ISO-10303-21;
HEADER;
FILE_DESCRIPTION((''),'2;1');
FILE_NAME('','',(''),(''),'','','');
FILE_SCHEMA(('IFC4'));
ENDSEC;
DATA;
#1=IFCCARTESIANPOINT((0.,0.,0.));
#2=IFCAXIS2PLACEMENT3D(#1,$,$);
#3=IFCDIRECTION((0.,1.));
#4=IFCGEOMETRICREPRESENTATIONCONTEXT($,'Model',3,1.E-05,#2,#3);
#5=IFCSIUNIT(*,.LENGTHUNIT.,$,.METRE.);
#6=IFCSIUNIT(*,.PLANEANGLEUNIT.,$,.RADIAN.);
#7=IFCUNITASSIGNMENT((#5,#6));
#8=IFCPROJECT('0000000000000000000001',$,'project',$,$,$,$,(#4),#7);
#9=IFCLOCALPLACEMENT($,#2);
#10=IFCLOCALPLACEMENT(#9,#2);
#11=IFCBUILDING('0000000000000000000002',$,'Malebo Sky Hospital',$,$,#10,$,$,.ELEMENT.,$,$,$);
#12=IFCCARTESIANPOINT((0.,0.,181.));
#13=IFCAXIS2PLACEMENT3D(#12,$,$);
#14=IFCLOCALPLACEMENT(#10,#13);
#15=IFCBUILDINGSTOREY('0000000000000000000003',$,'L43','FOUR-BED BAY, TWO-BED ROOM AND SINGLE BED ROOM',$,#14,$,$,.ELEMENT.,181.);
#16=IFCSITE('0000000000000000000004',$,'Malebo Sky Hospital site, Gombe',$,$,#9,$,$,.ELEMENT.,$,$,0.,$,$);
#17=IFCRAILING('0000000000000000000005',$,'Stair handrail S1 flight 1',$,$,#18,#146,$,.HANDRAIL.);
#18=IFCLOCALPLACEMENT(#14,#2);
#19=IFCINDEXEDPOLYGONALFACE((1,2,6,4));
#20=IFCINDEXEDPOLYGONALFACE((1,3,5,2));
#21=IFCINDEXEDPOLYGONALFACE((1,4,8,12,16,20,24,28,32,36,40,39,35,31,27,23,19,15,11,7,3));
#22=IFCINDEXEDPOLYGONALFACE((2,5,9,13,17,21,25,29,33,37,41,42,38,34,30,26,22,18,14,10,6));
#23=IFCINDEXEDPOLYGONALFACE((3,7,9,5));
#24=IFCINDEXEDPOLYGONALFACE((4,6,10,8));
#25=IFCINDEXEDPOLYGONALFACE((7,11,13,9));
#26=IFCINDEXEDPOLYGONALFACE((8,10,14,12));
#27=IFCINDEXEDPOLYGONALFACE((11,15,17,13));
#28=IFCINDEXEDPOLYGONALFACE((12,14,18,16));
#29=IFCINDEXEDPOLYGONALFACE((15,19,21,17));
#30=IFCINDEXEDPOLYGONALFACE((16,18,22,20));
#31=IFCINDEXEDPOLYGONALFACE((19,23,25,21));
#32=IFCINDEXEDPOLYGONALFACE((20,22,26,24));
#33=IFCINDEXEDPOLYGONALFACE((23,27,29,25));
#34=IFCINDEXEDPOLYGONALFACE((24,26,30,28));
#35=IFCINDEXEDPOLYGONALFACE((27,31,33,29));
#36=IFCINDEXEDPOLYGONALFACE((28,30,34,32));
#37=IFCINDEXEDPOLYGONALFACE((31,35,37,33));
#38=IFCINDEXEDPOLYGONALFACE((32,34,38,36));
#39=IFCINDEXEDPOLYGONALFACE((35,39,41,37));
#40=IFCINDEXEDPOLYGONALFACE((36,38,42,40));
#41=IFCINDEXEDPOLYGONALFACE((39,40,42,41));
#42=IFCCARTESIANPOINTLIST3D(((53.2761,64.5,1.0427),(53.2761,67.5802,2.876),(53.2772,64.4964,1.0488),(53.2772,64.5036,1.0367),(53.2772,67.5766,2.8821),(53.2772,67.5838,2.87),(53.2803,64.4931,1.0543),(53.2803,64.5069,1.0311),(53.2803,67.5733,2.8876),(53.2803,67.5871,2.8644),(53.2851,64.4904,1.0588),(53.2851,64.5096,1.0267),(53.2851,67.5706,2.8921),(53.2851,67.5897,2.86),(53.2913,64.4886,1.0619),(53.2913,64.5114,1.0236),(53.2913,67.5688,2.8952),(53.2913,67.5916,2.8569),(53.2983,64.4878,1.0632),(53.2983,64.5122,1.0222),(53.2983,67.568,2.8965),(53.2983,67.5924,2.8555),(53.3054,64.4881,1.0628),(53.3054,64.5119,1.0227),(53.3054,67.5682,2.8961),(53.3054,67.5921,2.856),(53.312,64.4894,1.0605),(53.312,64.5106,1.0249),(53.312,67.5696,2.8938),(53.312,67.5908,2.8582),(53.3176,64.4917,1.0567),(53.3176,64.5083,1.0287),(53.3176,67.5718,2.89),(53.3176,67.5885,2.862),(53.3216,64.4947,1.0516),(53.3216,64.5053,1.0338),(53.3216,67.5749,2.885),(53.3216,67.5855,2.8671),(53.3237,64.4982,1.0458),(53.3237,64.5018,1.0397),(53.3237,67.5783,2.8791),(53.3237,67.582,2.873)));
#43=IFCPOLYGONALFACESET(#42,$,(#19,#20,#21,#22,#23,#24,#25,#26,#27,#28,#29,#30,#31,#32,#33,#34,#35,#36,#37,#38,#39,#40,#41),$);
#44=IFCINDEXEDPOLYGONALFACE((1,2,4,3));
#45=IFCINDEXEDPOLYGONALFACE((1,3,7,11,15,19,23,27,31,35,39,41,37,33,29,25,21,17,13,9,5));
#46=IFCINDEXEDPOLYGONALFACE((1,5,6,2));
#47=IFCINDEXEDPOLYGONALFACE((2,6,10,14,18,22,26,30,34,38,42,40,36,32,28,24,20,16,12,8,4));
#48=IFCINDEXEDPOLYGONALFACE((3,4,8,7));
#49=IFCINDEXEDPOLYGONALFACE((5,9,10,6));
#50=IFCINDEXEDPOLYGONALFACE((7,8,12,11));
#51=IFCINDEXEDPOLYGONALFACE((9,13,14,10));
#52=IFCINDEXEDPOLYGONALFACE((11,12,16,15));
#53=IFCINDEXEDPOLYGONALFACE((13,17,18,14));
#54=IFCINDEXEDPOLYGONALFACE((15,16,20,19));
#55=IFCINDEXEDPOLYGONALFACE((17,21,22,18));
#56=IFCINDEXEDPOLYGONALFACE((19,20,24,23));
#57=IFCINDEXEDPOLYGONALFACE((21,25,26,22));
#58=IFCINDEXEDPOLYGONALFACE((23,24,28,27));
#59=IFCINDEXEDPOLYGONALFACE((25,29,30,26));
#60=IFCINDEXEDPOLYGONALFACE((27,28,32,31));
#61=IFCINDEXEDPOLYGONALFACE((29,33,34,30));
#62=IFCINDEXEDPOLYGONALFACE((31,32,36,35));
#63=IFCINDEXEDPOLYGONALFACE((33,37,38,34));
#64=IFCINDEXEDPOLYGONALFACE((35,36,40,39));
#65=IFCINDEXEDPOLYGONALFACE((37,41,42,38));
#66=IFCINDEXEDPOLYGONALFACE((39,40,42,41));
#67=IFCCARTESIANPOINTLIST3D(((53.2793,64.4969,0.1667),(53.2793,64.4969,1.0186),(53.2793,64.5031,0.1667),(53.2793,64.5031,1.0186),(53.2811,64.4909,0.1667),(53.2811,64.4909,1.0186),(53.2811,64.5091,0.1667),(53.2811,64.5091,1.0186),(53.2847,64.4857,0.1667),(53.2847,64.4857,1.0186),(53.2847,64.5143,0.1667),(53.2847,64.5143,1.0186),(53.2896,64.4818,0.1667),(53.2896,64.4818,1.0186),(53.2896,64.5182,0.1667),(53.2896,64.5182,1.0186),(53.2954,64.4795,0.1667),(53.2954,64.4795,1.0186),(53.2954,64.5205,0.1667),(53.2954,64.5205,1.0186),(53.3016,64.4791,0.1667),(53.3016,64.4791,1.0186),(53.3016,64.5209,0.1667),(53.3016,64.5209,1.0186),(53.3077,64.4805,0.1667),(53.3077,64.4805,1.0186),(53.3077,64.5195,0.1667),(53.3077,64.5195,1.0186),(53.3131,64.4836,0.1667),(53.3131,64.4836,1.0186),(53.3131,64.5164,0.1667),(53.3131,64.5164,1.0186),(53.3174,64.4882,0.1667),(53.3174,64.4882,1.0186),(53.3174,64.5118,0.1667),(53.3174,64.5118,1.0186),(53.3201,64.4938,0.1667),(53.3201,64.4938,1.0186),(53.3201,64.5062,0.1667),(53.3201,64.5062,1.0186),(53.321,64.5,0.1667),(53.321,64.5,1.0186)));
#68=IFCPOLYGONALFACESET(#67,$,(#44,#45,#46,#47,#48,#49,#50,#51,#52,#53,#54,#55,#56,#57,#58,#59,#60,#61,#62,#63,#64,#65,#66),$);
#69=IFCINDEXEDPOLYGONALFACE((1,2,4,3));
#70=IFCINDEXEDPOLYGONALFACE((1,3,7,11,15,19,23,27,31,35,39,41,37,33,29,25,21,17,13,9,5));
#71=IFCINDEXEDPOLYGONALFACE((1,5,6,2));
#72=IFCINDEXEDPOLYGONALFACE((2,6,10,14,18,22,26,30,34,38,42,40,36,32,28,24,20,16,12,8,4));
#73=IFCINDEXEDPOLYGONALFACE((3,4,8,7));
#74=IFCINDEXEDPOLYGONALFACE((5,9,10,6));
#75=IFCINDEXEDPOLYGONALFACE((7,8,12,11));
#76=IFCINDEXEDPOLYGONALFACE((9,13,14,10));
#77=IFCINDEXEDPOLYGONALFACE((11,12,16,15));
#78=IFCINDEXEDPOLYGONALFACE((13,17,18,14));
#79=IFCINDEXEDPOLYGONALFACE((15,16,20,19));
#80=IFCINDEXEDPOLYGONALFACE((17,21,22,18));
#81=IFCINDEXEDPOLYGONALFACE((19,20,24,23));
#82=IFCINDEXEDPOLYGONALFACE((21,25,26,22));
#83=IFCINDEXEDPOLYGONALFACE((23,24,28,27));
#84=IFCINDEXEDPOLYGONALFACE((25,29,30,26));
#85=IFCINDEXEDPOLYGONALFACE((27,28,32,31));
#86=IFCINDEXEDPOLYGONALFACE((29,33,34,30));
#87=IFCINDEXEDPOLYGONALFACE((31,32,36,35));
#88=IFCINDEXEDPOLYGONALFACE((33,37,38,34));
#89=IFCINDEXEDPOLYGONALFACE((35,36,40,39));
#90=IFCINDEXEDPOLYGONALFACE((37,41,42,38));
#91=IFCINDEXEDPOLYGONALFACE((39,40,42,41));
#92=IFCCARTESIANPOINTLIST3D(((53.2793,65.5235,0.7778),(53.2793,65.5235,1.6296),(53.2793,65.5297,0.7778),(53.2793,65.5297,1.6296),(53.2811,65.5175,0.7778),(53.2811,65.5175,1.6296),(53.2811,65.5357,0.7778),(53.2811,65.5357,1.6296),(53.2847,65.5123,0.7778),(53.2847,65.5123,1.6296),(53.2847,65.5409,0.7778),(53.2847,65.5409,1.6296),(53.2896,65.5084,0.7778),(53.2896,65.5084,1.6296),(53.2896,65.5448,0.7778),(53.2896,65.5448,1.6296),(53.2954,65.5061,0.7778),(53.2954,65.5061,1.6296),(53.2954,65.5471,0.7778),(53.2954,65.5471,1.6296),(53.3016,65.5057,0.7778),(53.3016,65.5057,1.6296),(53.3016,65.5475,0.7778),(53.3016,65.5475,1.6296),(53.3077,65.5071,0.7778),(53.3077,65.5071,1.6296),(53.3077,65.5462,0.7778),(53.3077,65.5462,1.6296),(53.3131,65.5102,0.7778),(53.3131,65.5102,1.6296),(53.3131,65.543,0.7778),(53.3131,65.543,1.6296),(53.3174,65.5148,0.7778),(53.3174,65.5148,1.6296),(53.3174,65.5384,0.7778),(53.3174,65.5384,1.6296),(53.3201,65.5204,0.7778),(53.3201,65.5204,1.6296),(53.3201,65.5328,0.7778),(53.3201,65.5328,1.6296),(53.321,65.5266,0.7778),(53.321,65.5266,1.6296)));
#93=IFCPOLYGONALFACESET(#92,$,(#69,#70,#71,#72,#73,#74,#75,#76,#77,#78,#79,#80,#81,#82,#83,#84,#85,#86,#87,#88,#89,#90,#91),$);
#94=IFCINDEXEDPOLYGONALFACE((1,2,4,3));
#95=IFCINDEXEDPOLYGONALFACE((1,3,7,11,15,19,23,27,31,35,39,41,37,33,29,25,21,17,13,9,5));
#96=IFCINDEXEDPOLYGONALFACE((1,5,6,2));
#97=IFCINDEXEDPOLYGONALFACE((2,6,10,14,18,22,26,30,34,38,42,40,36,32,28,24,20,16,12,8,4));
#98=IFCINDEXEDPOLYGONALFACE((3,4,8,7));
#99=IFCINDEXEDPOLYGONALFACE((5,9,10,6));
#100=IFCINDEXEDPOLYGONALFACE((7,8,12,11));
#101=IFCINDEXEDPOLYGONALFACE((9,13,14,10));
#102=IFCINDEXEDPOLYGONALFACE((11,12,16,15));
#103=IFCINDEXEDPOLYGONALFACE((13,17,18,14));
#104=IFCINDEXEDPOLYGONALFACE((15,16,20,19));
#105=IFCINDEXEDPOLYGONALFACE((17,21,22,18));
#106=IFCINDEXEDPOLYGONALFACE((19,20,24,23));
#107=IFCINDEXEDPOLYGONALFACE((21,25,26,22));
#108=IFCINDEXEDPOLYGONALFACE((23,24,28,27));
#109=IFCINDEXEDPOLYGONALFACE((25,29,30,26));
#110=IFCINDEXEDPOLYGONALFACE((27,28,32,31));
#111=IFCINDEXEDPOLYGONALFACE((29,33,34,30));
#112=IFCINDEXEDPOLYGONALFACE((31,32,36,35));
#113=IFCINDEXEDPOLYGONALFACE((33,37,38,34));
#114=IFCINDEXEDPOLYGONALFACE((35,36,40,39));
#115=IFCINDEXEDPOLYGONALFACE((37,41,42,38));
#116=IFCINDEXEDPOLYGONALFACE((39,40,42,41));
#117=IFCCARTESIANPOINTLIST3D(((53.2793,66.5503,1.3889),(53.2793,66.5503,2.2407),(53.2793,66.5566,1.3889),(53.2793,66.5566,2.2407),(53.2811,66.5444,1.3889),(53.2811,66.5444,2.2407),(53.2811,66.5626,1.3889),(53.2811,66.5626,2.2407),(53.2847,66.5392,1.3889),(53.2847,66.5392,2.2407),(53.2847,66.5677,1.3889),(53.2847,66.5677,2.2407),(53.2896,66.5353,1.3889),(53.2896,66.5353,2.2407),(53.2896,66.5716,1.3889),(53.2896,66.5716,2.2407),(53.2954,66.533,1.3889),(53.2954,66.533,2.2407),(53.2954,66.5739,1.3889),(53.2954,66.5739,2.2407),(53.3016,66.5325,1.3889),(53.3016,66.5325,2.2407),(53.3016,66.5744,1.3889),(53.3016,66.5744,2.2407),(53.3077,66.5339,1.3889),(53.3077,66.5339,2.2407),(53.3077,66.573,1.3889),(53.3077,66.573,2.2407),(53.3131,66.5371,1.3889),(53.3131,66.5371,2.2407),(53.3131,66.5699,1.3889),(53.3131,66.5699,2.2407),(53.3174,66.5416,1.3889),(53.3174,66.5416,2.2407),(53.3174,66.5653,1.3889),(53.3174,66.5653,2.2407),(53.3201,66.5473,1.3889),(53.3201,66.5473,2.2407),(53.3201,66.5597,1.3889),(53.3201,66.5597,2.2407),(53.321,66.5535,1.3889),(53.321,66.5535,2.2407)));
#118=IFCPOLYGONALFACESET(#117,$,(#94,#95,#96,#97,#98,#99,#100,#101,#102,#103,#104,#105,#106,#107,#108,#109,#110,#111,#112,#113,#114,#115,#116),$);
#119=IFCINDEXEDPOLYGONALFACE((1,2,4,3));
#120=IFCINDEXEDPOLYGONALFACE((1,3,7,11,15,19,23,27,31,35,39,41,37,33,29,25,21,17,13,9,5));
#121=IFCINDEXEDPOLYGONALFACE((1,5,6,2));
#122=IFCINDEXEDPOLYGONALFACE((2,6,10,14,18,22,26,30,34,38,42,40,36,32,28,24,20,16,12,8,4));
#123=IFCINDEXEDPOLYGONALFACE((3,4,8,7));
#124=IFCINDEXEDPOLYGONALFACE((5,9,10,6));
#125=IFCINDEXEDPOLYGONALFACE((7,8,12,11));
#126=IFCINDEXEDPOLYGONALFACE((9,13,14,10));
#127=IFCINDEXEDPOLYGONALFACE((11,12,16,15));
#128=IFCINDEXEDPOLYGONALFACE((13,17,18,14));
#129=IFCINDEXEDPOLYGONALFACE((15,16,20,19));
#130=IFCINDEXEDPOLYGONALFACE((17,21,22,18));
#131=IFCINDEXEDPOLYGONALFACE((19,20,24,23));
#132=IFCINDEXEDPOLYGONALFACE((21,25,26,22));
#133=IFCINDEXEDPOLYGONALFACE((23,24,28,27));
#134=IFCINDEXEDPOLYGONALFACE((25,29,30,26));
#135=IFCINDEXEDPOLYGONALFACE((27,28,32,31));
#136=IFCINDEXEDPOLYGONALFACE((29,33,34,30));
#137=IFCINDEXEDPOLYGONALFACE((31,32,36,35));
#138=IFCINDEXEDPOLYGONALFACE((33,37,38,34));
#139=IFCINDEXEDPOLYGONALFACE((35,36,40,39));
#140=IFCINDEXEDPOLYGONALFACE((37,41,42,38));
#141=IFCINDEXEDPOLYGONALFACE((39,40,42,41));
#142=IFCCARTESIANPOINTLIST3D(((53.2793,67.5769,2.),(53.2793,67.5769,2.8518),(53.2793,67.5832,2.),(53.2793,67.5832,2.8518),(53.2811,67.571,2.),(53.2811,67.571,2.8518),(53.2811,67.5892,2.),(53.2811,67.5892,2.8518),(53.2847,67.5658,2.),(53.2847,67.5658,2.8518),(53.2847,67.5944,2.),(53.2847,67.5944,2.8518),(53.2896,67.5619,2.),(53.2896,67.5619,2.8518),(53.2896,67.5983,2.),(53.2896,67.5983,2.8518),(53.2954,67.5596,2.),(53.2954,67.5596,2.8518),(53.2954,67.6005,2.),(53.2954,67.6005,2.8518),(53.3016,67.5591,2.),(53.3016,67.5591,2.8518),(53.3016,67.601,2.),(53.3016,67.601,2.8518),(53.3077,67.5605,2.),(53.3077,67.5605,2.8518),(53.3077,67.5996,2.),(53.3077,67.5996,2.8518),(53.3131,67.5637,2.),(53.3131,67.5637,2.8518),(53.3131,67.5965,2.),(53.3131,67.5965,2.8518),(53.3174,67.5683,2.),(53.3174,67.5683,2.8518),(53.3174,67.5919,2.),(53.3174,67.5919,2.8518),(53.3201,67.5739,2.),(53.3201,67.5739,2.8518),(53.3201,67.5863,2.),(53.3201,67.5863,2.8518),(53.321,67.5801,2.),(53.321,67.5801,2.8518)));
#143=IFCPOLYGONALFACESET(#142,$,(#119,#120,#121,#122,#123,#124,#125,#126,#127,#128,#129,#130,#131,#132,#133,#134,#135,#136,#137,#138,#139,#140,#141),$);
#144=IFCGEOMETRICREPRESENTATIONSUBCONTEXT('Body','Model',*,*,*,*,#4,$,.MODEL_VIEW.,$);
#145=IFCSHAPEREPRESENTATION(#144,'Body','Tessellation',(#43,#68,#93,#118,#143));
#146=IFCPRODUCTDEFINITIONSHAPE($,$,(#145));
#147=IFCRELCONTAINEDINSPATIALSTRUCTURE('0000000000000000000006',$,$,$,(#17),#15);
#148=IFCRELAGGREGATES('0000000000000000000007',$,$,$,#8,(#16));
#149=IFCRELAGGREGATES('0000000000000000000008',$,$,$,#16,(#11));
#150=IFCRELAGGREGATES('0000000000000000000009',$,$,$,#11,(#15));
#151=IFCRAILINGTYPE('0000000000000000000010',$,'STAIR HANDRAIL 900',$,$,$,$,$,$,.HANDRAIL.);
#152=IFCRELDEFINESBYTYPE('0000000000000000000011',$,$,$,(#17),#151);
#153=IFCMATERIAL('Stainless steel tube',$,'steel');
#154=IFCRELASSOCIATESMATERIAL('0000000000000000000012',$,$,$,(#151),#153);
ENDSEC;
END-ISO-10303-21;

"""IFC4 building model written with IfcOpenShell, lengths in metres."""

from ifc_helpers import new_model, si_unit, direction, frame, origin, origin_2d, place, context, subcontext, project, spatial, circle, extrude, material, type_object, element, save


model = new_model("IFC4")

# Units and contexts
model_context = context("Model", 3, precision=1e-05, world=origin(), true_north=direction((0.0, 1.0)))
body_context = subcontext(model_context, "Body", "Model", "MODEL_VIEW")
ifc_project = project(units=[si_unit("LENGTHUNIT", "METRE"), si_unit("PLANEANGLEUNIT", "RADIAN")], contexts=[model_context])

# Site, building, storey
site_placement = place(None, origin())
site = spatial("IfcSite", under=ifc_project, at=site_placement, Name="Malebo Sky Hospital site, Gombe", CompositionType="ELEMENT", RefElevation=0.0)
building_placement = place(site_placement, origin())
building = spatial("IfcBuilding", under=site, at=building_placement, Name="Malebo Sky Hospital", CompositionType="ELEMENT")
storey_placement = place(building_placement, frame((0.0, 0.0, 181.0)))
storey = spatial("IfcBuildingStorey", under=building, at=storey_placement, Name="L43", Description="FOUR-BED BAY, TWO-BED ROOM AND SINGLE BED ROOM", CompositionType="ELEMENT", Elevation=181.0)

# Railing
ifc_material_1 = material(Name="Stainless steel tube", Category="steel")
railing_type = type_object("IfcRailingType", Name="STAIR HANDRAIL 900", PredefinedType="HANDRAIL", material=ifc_material_1)
railing_1_placement = place(storey_placement, frame((53.3, 64.5, 0.1667)))
element("IfcRailing", 1, at=railing_1_placement, inside=storey, type_object=railing_type, Name="Stair handrail S1 flight 1", PredefinedType="HANDRAIL", context=body_context, shape_type="SweptSolid", body=[
    extrude(circle(Radius=0.0239, at=origin_2d()), frame((0.0, 0.0, 0.876), z_axis=(0.0, 0.859309, 0.511458), x_axis=(-1.0, 0.0, 0.0)), (0.0, 0.0, 1.0), 3.5845),
    extrude(circle(Radius=0.021, at=origin_2d()), origin(), (0.0, 0.0, 1.0), 0.8518),
    extrude(circle(Radius=0.021, at=origin_2d()), frame((0.0, 1.0266, 0.6111)), (0.0, 0.0, 1.0), 0.8518),
    extrude(circle(Radius=0.021, at=origin_2d()), frame((0.0, 2.0535, 1.2222)), (0.0, 0.0, 1.0), 0.8518),
    extrude(circle(Radius=0.021, at=origin_2d()), frame((0.0, 3.0801, 1.8333)), (0.0, 0.0, 1.0), 0.8518),
])

save(model, "model.ifc")
